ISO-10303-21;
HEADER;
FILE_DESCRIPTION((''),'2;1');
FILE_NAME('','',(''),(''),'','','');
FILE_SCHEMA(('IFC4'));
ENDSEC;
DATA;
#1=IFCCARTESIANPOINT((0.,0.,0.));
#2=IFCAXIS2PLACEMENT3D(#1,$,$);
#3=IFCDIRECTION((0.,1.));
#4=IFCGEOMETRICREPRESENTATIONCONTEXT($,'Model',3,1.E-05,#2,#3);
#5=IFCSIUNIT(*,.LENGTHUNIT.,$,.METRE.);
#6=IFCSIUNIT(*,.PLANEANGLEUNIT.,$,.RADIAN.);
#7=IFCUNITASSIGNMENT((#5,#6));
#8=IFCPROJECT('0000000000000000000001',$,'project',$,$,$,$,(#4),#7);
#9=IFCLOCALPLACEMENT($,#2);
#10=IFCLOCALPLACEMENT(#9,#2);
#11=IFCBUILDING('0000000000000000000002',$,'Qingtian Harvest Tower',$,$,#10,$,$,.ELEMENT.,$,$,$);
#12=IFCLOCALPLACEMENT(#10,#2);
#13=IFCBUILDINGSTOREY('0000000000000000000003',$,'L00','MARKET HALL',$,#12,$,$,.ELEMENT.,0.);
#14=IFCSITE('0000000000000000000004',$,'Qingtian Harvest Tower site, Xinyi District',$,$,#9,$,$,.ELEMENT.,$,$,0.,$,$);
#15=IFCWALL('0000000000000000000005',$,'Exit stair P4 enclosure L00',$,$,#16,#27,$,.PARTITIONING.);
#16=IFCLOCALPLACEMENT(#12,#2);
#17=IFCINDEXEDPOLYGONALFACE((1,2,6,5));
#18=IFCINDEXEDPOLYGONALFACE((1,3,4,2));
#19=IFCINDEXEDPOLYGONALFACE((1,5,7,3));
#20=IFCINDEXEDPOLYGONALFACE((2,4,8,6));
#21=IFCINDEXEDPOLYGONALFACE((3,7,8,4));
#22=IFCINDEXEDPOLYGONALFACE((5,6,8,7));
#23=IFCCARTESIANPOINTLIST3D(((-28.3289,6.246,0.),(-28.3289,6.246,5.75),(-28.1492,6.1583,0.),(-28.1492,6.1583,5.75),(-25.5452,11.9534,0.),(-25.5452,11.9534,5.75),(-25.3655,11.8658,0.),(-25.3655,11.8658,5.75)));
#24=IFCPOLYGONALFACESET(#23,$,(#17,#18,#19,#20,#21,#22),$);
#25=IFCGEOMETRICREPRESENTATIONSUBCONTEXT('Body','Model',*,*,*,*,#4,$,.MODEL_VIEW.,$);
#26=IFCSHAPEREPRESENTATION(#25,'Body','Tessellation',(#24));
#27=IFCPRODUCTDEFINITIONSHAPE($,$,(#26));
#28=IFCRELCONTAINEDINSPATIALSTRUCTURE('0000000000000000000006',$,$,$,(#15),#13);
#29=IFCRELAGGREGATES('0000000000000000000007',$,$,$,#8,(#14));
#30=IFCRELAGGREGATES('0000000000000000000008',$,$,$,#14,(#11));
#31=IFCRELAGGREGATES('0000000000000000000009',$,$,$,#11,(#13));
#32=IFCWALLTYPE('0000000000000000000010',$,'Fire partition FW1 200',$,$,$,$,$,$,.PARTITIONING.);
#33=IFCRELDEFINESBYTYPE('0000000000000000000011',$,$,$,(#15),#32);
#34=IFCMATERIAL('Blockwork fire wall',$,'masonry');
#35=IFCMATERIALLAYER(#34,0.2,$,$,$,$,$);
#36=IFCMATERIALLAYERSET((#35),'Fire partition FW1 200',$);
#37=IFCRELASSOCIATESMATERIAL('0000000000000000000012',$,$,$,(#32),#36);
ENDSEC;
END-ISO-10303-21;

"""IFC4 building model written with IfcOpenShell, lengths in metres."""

from ifc_helpers import new_model, si_unit, direction, frame, frame_2d, origin, place, context, subcontext, project, spatial, rectangle, extrude, material, layer, layer_set, type_object, element, save


model = new_model("IFC4")

# Units and contexts
model_context = context("Model", 3, precision=1e-05, world=origin(), true_north=direction((0.0, 1.0)))
body_context = subcontext(model_context, "Body", "Model", "MODEL_VIEW")
ifc_project = project(units=[si_unit("LENGTHUNIT", "METRE"), si_unit("PLANEANGLEUNIT", "RADIAN")], contexts=[model_context])

# Site, building, storey
site_placement = place(None, origin())
site = spatial("IfcSite", under=ifc_project, at=site_placement, Name="Qingtian Harvest Tower site, Xinyi District", CompositionType="ELEMENT", RefElevation=0.0)
building_placement = place(site_placement, origin())
building = spatial("IfcBuilding", under=site, at=building_placement, Name="Qingtian Harvest Tower", CompositionType="ELEMENT")
storey_placement = place(building_placement, origin())
storey = spatial("IfcBuildingStorey", under=building, at=storey_placement, Name="L00", Description="MARKET HALL", CompositionType="ELEMENT", Elevation=0.0)

# Wall
ifc_material_1 = material(Name="Blockwork fire wall", Category="masonry")
ifc_layer_1 = layer(ifc_material_1, 0.2)
ifc_layer_set_1 = layer_set([ifc_layer_1], Name="Fire partition FW1 200")
wall_type_1 = type_object("IfcWallType", Name="Fire partition FW1 200", PredefinedType="PARTITIONING", material=ifc_layer_set_1)
wall_1_placement = place(storey_placement, frame((-28.239, 6.2021, 0.0), z_axis=(0.0, 0.0, 1.0), x_axis=(0.438365, 0.898797, 0.0)))
element("IfcWall", 1, at=wall_1_placement, inside=storey, type_object=wall_type_1, Name="Exit stair P4 enclosure L00", PredefinedType="PARTITIONING", context=body_context, shape_type="SweptSolid", body=[
    extrude(rectangle(XDim=6.3501, YDim=0.2, at=frame_2d((3.175, 0.0))), origin(), (0.0, 0.0, 1.0), 5.75),
])

save(model, "model.ifc")
